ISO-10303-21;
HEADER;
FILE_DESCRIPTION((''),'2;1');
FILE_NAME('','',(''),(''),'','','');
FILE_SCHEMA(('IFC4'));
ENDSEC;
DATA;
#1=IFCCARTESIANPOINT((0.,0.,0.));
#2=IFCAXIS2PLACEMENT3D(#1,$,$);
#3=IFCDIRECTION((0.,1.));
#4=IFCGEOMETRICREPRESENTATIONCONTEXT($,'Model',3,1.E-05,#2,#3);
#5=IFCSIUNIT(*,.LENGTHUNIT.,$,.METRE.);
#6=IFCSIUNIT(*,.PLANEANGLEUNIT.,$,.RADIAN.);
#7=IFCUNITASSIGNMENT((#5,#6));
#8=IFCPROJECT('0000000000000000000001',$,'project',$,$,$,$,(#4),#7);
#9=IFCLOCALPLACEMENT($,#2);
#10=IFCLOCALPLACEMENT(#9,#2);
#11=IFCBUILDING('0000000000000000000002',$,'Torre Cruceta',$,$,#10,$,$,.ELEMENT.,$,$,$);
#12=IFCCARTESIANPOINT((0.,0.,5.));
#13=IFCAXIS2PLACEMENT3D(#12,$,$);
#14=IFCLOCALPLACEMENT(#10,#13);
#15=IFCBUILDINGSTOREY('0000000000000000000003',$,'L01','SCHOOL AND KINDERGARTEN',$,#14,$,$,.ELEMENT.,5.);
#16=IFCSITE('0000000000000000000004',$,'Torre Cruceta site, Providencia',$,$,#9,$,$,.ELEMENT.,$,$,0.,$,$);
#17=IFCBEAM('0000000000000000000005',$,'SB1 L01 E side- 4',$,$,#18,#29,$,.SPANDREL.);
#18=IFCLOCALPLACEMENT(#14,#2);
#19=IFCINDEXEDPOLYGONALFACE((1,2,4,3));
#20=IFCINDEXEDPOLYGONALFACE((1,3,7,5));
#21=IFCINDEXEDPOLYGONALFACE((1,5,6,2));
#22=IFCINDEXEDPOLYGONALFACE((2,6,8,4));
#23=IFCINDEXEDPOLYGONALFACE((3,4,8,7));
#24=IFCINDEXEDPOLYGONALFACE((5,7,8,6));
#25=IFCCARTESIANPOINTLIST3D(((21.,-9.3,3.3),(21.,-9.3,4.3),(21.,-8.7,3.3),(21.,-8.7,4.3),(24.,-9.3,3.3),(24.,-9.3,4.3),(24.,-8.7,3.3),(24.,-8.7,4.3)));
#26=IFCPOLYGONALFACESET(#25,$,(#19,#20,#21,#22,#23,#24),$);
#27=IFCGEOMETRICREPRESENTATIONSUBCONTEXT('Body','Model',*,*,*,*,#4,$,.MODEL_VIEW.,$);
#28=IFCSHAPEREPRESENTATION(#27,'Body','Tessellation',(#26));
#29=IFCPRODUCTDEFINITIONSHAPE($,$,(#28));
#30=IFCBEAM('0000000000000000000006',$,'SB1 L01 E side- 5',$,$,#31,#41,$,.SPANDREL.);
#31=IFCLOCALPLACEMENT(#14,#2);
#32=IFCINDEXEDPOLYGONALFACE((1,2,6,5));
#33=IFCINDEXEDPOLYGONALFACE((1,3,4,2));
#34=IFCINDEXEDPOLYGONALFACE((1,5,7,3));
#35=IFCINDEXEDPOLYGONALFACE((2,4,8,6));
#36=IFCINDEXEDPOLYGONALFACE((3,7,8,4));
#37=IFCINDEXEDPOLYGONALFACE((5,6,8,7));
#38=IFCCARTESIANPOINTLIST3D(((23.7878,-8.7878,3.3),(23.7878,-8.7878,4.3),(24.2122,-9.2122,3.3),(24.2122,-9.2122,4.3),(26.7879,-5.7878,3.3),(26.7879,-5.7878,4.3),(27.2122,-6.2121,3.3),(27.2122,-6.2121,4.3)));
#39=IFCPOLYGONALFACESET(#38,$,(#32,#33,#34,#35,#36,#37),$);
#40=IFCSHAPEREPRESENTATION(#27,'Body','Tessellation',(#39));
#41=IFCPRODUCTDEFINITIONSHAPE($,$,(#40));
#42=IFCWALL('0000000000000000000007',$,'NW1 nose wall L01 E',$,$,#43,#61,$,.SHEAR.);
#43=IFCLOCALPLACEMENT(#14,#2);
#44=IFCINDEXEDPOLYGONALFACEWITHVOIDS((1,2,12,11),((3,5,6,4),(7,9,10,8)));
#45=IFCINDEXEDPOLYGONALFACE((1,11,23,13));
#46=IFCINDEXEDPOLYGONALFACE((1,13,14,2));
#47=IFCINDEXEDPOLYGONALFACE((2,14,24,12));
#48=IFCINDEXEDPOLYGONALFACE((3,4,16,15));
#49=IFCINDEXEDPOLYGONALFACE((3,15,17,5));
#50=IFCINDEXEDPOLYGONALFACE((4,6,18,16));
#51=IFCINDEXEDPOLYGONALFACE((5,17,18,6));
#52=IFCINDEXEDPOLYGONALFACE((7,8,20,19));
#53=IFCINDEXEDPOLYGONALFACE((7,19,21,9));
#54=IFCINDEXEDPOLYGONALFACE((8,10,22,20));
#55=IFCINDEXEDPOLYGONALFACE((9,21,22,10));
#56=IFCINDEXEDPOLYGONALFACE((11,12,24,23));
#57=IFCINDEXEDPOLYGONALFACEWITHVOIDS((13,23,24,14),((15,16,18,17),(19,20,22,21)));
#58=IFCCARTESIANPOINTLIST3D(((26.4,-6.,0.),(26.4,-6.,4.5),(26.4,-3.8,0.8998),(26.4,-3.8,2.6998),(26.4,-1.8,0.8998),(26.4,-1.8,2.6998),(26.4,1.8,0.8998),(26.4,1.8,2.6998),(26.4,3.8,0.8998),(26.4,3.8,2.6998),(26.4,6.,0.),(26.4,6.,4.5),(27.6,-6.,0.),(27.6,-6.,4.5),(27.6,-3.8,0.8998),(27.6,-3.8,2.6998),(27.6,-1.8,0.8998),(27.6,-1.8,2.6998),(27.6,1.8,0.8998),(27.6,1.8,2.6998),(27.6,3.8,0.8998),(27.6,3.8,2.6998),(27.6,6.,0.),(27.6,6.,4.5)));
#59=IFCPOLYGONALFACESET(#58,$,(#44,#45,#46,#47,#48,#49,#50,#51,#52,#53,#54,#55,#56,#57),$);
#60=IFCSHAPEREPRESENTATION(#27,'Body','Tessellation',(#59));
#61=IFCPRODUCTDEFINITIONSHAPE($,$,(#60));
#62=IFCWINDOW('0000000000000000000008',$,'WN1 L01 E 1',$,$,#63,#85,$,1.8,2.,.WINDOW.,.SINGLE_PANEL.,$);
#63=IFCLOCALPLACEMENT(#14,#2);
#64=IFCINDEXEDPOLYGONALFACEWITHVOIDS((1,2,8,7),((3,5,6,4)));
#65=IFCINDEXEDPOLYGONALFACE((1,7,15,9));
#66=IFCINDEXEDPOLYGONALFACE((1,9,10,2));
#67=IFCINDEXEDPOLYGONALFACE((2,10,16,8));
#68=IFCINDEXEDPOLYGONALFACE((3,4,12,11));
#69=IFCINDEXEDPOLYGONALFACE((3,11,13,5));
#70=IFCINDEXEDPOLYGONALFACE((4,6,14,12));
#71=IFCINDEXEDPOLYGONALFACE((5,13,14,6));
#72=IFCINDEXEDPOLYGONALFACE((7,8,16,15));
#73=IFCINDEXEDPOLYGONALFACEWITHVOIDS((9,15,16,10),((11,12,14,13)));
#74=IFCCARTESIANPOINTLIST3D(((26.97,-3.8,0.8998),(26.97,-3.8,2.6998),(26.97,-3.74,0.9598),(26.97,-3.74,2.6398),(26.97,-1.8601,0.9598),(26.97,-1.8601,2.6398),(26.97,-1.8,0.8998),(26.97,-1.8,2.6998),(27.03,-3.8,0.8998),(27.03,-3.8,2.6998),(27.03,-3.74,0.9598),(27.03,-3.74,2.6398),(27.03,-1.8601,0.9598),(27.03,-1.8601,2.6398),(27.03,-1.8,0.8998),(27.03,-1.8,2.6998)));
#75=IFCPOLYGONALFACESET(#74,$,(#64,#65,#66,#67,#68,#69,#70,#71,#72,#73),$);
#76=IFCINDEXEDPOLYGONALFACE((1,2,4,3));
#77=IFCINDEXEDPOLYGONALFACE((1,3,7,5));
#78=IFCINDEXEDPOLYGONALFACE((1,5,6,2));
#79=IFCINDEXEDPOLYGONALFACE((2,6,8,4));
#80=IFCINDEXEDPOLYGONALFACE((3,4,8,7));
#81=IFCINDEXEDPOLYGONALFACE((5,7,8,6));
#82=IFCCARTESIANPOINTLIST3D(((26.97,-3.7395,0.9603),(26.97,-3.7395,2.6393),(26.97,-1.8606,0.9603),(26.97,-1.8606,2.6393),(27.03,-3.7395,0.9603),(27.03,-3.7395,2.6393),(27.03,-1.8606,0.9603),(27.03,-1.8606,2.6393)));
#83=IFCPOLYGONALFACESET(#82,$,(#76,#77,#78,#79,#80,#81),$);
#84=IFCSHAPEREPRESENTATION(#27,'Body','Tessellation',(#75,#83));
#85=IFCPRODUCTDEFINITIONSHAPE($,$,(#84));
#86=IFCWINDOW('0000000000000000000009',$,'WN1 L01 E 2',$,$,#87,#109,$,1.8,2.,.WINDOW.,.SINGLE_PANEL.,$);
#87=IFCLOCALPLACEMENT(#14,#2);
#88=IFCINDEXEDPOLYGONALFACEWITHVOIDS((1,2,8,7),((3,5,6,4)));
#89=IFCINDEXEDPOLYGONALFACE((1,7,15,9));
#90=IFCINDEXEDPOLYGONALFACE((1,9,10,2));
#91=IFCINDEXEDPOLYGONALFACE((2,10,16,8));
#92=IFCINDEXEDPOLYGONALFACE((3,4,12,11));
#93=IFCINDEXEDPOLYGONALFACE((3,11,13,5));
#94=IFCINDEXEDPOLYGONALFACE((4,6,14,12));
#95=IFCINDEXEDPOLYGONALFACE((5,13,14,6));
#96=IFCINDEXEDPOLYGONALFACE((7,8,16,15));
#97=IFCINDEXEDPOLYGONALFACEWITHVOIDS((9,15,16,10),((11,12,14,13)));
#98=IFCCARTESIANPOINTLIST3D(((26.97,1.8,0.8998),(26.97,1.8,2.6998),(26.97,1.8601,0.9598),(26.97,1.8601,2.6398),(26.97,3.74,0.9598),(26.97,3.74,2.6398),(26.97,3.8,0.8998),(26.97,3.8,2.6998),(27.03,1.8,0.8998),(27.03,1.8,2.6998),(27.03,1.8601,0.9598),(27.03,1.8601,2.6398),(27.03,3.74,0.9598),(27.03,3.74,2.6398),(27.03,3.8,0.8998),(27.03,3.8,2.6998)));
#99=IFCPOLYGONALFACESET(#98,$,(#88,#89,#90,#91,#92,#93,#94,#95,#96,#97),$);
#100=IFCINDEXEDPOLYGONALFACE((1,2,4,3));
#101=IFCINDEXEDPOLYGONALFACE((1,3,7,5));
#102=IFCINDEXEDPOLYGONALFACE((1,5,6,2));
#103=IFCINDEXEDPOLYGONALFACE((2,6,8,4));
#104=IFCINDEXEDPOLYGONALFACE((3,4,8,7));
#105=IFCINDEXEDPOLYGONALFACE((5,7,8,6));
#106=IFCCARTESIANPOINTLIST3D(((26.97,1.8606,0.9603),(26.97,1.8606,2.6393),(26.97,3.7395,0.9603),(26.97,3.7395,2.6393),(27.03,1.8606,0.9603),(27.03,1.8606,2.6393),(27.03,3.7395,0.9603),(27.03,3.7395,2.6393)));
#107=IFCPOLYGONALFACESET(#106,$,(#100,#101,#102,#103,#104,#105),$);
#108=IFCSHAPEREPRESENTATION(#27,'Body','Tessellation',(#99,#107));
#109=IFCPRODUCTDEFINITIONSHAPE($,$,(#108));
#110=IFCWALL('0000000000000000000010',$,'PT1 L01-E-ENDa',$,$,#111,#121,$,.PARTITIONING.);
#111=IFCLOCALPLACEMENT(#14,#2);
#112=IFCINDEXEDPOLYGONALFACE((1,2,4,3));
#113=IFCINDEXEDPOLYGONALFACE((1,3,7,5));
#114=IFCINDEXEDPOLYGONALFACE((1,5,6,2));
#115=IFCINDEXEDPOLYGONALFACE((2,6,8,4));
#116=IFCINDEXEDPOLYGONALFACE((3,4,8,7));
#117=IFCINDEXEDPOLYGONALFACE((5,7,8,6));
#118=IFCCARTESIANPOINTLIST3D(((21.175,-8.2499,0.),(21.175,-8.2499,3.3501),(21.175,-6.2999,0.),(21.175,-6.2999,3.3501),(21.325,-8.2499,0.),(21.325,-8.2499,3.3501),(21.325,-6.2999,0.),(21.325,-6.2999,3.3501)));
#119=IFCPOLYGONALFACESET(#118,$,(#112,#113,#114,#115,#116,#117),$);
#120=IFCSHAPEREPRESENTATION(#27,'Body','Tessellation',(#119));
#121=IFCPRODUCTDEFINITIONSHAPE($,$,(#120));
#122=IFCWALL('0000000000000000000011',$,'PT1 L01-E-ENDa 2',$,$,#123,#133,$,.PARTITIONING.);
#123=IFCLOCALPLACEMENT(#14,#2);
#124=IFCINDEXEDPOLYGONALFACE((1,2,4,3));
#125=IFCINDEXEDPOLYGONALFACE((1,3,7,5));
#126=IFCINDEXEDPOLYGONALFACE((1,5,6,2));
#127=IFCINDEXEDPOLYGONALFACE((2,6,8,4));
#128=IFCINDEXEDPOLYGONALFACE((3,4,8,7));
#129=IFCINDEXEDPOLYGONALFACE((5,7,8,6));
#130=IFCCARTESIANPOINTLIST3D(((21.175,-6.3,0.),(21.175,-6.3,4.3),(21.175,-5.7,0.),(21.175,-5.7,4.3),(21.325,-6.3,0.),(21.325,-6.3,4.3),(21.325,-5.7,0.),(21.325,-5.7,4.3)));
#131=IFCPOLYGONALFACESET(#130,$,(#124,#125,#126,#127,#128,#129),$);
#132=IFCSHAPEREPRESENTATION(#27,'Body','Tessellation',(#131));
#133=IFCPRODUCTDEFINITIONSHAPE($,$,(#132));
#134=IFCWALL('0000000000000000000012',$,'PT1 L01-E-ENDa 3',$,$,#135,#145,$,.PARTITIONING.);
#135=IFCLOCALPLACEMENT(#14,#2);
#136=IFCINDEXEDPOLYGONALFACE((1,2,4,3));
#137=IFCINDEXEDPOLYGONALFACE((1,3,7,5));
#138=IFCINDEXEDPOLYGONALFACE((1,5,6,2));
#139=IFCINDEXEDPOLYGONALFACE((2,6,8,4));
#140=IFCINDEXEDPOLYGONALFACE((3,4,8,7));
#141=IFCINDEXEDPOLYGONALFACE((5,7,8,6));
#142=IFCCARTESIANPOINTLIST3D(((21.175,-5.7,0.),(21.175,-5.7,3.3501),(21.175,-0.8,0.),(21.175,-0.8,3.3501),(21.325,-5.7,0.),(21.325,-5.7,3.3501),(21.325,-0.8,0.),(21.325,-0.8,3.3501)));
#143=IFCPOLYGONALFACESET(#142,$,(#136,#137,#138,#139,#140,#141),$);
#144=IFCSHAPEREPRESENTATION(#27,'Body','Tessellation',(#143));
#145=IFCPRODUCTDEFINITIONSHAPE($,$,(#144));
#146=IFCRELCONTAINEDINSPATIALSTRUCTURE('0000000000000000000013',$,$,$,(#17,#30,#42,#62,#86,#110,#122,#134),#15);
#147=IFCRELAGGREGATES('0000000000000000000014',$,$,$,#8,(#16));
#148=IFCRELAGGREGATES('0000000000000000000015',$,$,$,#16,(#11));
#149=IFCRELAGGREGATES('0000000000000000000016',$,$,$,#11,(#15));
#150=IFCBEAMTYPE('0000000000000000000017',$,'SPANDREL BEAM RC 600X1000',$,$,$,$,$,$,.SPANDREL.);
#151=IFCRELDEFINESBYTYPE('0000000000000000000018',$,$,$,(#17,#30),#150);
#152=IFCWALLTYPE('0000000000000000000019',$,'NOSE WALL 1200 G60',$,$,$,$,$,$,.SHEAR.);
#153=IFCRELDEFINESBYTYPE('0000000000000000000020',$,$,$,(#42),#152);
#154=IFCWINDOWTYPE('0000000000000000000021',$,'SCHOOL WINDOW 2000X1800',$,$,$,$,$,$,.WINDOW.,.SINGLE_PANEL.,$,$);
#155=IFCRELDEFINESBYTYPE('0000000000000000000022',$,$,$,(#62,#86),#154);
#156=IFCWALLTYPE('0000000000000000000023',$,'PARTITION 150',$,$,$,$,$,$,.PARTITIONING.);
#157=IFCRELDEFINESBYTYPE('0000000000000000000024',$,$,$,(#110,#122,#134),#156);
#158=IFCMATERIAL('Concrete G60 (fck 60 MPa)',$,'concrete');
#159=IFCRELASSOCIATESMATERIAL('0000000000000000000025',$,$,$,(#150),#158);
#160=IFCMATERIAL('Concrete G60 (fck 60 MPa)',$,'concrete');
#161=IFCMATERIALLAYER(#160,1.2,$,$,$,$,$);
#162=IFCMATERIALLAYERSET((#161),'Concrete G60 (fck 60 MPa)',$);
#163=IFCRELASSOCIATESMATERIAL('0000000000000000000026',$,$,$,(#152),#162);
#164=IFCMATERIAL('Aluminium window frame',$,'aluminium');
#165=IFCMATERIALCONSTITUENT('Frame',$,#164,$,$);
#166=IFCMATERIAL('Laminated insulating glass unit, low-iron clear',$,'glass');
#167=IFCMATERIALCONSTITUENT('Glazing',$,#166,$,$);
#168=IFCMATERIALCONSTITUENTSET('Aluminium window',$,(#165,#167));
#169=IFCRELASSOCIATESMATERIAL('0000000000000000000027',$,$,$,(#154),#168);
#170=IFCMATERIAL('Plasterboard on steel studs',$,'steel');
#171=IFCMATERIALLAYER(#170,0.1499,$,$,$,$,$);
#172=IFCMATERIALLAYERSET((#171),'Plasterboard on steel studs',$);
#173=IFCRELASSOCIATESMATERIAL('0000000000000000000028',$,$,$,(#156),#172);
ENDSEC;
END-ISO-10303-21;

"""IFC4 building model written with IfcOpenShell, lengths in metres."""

from ifc_helpers import new_model, si_unit, direction, frame, frame_2d, origin, origin_2d, place, context, subcontext, project, spatial, rectangle, hollow_rectangle, extrude, material, layer, layer_set, constituent, constituent_set, material_profile, profile_set, type_object, element, fill, save


model = new_model("IFC4")

# Units and contexts
model_context = context("Model", 3, precision=1e-05, world=origin(), true_north=direction((0.0, 1.0)))
body_context = subcontext(model_context, "Body", "Model", "MODEL_VIEW")
ifc_project = project(units=[si_unit("LENGTHUNIT", "METRE"), si_unit("PLANEANGLEUNIT", "RADIAN")], contexts=[model_context])

# Site, building, storey
site_placement = place(None, origin())
site = spatial("IfcSite", under=ifc_project, at=site_placement, Name="Torre Cruceta site, Providencia", CompositionType="ELEMENT", RefElevation=0.0)
building_placement = place(site_placement, origin())
building = spatial("IfcBuilding", under=site, at=building_placement, Name="Torre Cruceta", CompositionType="ELEMENT")
storey_placement = place(building_placement, frame((0.0, 0.0, 5.0)))
storey = spatial("IfcBuildingStorey", under=building, at=storey_placement, Name="L01", Description="SCHOOL AND KINDERGARTEN", CompositionType="ELEMENT", Elevation=5.0)

# Beams
ifc_material_1 = material(Name="Concrete G60 (fck 60 MPa)", Category="concrete")
ifc_material_profile_1 = material_profile(ifc_material_1, rectangle(XDim=0.6001, YDim=1.0, at=origin_2d()), Name="RC 600X1000")
ifc_profile_set_1 = profile_set([ifc_material_profile_1], Name="Concrete G60 (fck 60 MPa)")
beam_type_1 = type_object("IfcBeamType", Name="SPANDREL BEAM RC 600X1000", PredefinedType="SPANDREL", material=ifc_profile_set_1)
beam_1_placement = place(storey_placement, frame((21.0, -9.0, 3.8), z_axis=(1.0, 0.0, 0.0), x_axis=(0.0, 1.0, 0.0)))
element("IfcBeam", 1, at=beam_1_placement, inside=storey, type_object=beam_type_1, Name="SB1 L01 E side- 4", PredefinedType="SPANDREL", context=body_context, shape_type="SweptSolid", body=[
    extrude(rectangle(XDim=0.6001, YDim=1.0, at=origin_2d()), origin(), (0.0, 0.0, 1.0), 3.0),
])
beam_2_placement = place(storey_placement, frame((24.0, -9.0, 3.8), z_axis=(0.707107, 0.707107, 0.0), x_axis=(-0.707107, 0.707107, 0.0)))
element("IfcBeam", 2, at=beam_2_placement, inside=storey, type_object=beam_type_1, Name="SB1 L01 E side- 5", PredefinedType="SPANDREL", context=body_context, shape_type="SweptSolid", body=[
    extrude(rectangle(XDim=0.6001, YDim=1.0, at=origin_2d()), origin(), (0.0, 0.0, 1.0), 4.2427),
])

# Wall, openings, windows
ifc_material_2 = material(Name="Concrete G60 (fck 60 MPa)", Category="concrete")
ifc_layer_1 = layer(ifc_material_2, 1.2)
ifc_layer_set_1 = layer_set([ifc_layer_1], Name="Concrete G60 (fck 60 MPa)")
wall_type_1 = type_object("IfcWallType", Name="NOSE WALL 1200 G60", PredefinedType="SHEAR", material=ifc_layer_set_1)
wall_1_placement = place(storey_placement, frame((27.0, -6.0, 0.0), z_axis=(0.0, 0.0, 1.0), x_axis=(0.0, 1.0, 0.0)))
wall_1 = element("IfcWall", 3, at=wall_1_placement, inside=storey, type_object=wall_type_1, Name="NW1 nose wall L01 E", PredefinedType="SHEAR", context=body_context, shape_type="SweptSolid", body=[
    extrude(rectangle(XDim=12.0, YDim=1.2, at=frame_2d((6.0, 0.0))), origin(), (0.0, 0.0, 1.0), 4.5),
])
opening_1_placement = place(wall_1_placement, frame((2.2, 0.0, 0.8999)))
opening_1 = element("IfcOpeningElement", 4, at=opening_1_placement, cuts=wall_1, PredefinedType="OPENING", context=body_context, shape_type="SweptSolid", body=[
    extrude(rectangle(XDim=2.0, YDim=1.8, at=frame_2d((1.0, 0.8999))), frame((0.0, 0.6099, 0.0), z_axis=(0.0, -1.0, 0.0), x_axis=(1.0, 0.0, 0.0)), (0.0, 0.0, 1.0), 1.22),
])
opening_2_placement = place(wall_1_placement, frame((7.8, 0.0, 0.8999)))
opening_2 = element("IfcOpeningElement", 5, at=opening_2_placement, cuts=wall_1, PredefinedType="OPENING", context=body_context, shape_type="SweptSolid", body=[
    extrude(rectangle(XDim=2.0, YDim=1.8, at=frame_2d((1.0, 0.8999))), frame((0.0, 0.6099, 0.0), z_axis=(0.0, -1.0, 0.0), x_axis=(1.0, 0.0, 0.0)), (0.0, 0.0, 1.0), 1.22),
])
ifc_material_3 = material(Name="Aluminium window frame", Category="aluminium")
ifc_constituent_1 = constituent(ifc_material_3, Name="Frame")
ifc_material_4 = material(Name="Laminated insulating glass unit, low-iron clear", Category="glass")
ifc_constituent_2 = constituent(ifc_material_4, Name="Glazing")
ifc_constituent_set = constituent_set(constituents=[ifc_constituent_1, ifc_constituent_2], Name="Aluminium window")
window_type = type_object("IfcWindowType", Name="SCHOOL WINDOW 2000X1800", PartitioningType="SINGLE_PANEL", PredefinedType="WINDOW", material=ifc_constituent_set)
window_1_placement = place(opening_1_placement, origin())
window_1 = element("IfcWindow", 6, at=window_1_placement, inside=storey, type_object=window_type, Name="WN1 L01 E 1", OverallHeight=1.8, OverallWidth=2.0, PartitioningType="SINGLE_PANEL", PredefinedType="WINDOW", context=body_context, shape_type="SweptSolid", body=[
    extrude(hollow_rectangle(XDim=2.0, YDim=1.8, WallThickness=0.0601, at=frame_2d((1.0, 0.8999))), frame((0.0, 0.03, 0.0), z_axis=(0.0, -1.0, 0.0), x_axis=(1.0, 0.0, 0.0)), (0.0, 0.0, 1.0), 0.0601),
    extrude(rectangle(XDim=1.8789, YDim=1.679, at=frame_2d((1.0, 0.8999))), frame((0.0, 0.03, 0.0), z_axis=(0.0, -1.0, 0.0), x_axis=(1.0, 0.0, 0.0)), (0.0, 0.0, 1.0), 0.0601),
])
fill(opening_1, window_1)
window_2_placement = place(opening_2_placement, origin())
window_2 = element("IfcWindow", 7, at=window_2_placement, inside=storey, type_object=window_type, Name="WN1 L01 E 2", OverallHeight=1.8, OverallWidth=2.0, PartitioningType="SINGLE_PANEL", PredefinedType="WINDOW", context=body_context, shape_type="SweptSolid", body=[
    extrude(hollow_rectangle(XDim=2.0, YDim=1.8, WallThickness=0.0601, at=frame_2d((1.0, 0.8999))), frame((0.0, 0.03, 0.0), z_axis=(0.0, -1.0, 0.0), x_axis=(1.0, 0.0, 0.0)), (0.0, 0.0, 1.0), 0.0601),
    extrude(rectangle(XDim=1.8789, YDim=1.679, at=frame_2d((1.0, 0.8999))), frame((0.0, 0.03, 0.0), z_axis=(0.0, -1.0, 0.0), x_axis=(1.0, 0.0, 0.0)), (0.0, 0.0, 1.0), 0.0601),
])
fill(opening_2, window_2)

# Walls
ifc_material_5 = material(Name="Plasterboard on steel studs", Category="steel")
ifc_layer_2 = layer(ifc_material_5, 0.1499)
ifc_layer_set_2 = layer_set([ifc_layer_2], Name="Plasterboard on steel studs")
wall_type_2 = type_object("IfcWallType", Name="PARTITION 150", PredefinedType="PARTITIONING", material=ifc_layer_set_2)
wall_2_placement = place(storey_placement, frame((21.25, -8.25, 0.0), z_axis=(0.0, 0.0, 1.0), x_axis=(0.0, 1.0, 0.0)))
element("IfcWall", 8, at=wall_2_placement, inside=storey, type_object=wall_type_2, Name="PT1 L01-E-ENDa", PredefinedType="PARTITIONING", context=body_context, shape_type="SweptSolid", body=[
    extrude(rectangle(XDim=1.95, YDim=0.1499, at=frame_2d((0.9751, 0.0))), origin(), (0.0, 0.0, 1.0), 3.3501),
])
wall_3_placement = place(storey_placement, frame((21.25, -6.3, 0.0), z_axis=(0.0, 0.0, 1.0), x_axis=(0.0, 1.0, 0.0)))
element("IfcWall", 9, at=wall_3_placement, inside=storey, type_object=wall_type_2, Name="PT1 L01-E-ENDa 2", PredefinedType="PARTITIONING", context=body_context, shape_type="SweptSolid", body=[
    extrude(rectangle(XDim=0.6001, YDim=0.1499, at=frame_2d((0.3, 0.0))), origin(), (0.0, 0.0, 1.0), 4.3),
])
wall_4_placement = place(storey_placement, frame((21.25, -5.7, 0.0), z_axis=(0.0, 0.0, 1.0), x_axis=(0.0, 1.0, 0.0)))
element("IfcWall", 10, at=wall_4_placement, inside=storey, type_object=wall_type_2, Name="PT1 L01-E-ENDa 3", PredefinedType="PARTITIONING", context=body_context, shape_type="SweptSolid", body=[
    extrude(rectangle(XDim=4.8999, YDim=0.1499, at=frame_2d((2.45, 0.0))), origin(), (0.0, 0.0, 1.0), 3.3501),
])

save(model, "model.ifc")
